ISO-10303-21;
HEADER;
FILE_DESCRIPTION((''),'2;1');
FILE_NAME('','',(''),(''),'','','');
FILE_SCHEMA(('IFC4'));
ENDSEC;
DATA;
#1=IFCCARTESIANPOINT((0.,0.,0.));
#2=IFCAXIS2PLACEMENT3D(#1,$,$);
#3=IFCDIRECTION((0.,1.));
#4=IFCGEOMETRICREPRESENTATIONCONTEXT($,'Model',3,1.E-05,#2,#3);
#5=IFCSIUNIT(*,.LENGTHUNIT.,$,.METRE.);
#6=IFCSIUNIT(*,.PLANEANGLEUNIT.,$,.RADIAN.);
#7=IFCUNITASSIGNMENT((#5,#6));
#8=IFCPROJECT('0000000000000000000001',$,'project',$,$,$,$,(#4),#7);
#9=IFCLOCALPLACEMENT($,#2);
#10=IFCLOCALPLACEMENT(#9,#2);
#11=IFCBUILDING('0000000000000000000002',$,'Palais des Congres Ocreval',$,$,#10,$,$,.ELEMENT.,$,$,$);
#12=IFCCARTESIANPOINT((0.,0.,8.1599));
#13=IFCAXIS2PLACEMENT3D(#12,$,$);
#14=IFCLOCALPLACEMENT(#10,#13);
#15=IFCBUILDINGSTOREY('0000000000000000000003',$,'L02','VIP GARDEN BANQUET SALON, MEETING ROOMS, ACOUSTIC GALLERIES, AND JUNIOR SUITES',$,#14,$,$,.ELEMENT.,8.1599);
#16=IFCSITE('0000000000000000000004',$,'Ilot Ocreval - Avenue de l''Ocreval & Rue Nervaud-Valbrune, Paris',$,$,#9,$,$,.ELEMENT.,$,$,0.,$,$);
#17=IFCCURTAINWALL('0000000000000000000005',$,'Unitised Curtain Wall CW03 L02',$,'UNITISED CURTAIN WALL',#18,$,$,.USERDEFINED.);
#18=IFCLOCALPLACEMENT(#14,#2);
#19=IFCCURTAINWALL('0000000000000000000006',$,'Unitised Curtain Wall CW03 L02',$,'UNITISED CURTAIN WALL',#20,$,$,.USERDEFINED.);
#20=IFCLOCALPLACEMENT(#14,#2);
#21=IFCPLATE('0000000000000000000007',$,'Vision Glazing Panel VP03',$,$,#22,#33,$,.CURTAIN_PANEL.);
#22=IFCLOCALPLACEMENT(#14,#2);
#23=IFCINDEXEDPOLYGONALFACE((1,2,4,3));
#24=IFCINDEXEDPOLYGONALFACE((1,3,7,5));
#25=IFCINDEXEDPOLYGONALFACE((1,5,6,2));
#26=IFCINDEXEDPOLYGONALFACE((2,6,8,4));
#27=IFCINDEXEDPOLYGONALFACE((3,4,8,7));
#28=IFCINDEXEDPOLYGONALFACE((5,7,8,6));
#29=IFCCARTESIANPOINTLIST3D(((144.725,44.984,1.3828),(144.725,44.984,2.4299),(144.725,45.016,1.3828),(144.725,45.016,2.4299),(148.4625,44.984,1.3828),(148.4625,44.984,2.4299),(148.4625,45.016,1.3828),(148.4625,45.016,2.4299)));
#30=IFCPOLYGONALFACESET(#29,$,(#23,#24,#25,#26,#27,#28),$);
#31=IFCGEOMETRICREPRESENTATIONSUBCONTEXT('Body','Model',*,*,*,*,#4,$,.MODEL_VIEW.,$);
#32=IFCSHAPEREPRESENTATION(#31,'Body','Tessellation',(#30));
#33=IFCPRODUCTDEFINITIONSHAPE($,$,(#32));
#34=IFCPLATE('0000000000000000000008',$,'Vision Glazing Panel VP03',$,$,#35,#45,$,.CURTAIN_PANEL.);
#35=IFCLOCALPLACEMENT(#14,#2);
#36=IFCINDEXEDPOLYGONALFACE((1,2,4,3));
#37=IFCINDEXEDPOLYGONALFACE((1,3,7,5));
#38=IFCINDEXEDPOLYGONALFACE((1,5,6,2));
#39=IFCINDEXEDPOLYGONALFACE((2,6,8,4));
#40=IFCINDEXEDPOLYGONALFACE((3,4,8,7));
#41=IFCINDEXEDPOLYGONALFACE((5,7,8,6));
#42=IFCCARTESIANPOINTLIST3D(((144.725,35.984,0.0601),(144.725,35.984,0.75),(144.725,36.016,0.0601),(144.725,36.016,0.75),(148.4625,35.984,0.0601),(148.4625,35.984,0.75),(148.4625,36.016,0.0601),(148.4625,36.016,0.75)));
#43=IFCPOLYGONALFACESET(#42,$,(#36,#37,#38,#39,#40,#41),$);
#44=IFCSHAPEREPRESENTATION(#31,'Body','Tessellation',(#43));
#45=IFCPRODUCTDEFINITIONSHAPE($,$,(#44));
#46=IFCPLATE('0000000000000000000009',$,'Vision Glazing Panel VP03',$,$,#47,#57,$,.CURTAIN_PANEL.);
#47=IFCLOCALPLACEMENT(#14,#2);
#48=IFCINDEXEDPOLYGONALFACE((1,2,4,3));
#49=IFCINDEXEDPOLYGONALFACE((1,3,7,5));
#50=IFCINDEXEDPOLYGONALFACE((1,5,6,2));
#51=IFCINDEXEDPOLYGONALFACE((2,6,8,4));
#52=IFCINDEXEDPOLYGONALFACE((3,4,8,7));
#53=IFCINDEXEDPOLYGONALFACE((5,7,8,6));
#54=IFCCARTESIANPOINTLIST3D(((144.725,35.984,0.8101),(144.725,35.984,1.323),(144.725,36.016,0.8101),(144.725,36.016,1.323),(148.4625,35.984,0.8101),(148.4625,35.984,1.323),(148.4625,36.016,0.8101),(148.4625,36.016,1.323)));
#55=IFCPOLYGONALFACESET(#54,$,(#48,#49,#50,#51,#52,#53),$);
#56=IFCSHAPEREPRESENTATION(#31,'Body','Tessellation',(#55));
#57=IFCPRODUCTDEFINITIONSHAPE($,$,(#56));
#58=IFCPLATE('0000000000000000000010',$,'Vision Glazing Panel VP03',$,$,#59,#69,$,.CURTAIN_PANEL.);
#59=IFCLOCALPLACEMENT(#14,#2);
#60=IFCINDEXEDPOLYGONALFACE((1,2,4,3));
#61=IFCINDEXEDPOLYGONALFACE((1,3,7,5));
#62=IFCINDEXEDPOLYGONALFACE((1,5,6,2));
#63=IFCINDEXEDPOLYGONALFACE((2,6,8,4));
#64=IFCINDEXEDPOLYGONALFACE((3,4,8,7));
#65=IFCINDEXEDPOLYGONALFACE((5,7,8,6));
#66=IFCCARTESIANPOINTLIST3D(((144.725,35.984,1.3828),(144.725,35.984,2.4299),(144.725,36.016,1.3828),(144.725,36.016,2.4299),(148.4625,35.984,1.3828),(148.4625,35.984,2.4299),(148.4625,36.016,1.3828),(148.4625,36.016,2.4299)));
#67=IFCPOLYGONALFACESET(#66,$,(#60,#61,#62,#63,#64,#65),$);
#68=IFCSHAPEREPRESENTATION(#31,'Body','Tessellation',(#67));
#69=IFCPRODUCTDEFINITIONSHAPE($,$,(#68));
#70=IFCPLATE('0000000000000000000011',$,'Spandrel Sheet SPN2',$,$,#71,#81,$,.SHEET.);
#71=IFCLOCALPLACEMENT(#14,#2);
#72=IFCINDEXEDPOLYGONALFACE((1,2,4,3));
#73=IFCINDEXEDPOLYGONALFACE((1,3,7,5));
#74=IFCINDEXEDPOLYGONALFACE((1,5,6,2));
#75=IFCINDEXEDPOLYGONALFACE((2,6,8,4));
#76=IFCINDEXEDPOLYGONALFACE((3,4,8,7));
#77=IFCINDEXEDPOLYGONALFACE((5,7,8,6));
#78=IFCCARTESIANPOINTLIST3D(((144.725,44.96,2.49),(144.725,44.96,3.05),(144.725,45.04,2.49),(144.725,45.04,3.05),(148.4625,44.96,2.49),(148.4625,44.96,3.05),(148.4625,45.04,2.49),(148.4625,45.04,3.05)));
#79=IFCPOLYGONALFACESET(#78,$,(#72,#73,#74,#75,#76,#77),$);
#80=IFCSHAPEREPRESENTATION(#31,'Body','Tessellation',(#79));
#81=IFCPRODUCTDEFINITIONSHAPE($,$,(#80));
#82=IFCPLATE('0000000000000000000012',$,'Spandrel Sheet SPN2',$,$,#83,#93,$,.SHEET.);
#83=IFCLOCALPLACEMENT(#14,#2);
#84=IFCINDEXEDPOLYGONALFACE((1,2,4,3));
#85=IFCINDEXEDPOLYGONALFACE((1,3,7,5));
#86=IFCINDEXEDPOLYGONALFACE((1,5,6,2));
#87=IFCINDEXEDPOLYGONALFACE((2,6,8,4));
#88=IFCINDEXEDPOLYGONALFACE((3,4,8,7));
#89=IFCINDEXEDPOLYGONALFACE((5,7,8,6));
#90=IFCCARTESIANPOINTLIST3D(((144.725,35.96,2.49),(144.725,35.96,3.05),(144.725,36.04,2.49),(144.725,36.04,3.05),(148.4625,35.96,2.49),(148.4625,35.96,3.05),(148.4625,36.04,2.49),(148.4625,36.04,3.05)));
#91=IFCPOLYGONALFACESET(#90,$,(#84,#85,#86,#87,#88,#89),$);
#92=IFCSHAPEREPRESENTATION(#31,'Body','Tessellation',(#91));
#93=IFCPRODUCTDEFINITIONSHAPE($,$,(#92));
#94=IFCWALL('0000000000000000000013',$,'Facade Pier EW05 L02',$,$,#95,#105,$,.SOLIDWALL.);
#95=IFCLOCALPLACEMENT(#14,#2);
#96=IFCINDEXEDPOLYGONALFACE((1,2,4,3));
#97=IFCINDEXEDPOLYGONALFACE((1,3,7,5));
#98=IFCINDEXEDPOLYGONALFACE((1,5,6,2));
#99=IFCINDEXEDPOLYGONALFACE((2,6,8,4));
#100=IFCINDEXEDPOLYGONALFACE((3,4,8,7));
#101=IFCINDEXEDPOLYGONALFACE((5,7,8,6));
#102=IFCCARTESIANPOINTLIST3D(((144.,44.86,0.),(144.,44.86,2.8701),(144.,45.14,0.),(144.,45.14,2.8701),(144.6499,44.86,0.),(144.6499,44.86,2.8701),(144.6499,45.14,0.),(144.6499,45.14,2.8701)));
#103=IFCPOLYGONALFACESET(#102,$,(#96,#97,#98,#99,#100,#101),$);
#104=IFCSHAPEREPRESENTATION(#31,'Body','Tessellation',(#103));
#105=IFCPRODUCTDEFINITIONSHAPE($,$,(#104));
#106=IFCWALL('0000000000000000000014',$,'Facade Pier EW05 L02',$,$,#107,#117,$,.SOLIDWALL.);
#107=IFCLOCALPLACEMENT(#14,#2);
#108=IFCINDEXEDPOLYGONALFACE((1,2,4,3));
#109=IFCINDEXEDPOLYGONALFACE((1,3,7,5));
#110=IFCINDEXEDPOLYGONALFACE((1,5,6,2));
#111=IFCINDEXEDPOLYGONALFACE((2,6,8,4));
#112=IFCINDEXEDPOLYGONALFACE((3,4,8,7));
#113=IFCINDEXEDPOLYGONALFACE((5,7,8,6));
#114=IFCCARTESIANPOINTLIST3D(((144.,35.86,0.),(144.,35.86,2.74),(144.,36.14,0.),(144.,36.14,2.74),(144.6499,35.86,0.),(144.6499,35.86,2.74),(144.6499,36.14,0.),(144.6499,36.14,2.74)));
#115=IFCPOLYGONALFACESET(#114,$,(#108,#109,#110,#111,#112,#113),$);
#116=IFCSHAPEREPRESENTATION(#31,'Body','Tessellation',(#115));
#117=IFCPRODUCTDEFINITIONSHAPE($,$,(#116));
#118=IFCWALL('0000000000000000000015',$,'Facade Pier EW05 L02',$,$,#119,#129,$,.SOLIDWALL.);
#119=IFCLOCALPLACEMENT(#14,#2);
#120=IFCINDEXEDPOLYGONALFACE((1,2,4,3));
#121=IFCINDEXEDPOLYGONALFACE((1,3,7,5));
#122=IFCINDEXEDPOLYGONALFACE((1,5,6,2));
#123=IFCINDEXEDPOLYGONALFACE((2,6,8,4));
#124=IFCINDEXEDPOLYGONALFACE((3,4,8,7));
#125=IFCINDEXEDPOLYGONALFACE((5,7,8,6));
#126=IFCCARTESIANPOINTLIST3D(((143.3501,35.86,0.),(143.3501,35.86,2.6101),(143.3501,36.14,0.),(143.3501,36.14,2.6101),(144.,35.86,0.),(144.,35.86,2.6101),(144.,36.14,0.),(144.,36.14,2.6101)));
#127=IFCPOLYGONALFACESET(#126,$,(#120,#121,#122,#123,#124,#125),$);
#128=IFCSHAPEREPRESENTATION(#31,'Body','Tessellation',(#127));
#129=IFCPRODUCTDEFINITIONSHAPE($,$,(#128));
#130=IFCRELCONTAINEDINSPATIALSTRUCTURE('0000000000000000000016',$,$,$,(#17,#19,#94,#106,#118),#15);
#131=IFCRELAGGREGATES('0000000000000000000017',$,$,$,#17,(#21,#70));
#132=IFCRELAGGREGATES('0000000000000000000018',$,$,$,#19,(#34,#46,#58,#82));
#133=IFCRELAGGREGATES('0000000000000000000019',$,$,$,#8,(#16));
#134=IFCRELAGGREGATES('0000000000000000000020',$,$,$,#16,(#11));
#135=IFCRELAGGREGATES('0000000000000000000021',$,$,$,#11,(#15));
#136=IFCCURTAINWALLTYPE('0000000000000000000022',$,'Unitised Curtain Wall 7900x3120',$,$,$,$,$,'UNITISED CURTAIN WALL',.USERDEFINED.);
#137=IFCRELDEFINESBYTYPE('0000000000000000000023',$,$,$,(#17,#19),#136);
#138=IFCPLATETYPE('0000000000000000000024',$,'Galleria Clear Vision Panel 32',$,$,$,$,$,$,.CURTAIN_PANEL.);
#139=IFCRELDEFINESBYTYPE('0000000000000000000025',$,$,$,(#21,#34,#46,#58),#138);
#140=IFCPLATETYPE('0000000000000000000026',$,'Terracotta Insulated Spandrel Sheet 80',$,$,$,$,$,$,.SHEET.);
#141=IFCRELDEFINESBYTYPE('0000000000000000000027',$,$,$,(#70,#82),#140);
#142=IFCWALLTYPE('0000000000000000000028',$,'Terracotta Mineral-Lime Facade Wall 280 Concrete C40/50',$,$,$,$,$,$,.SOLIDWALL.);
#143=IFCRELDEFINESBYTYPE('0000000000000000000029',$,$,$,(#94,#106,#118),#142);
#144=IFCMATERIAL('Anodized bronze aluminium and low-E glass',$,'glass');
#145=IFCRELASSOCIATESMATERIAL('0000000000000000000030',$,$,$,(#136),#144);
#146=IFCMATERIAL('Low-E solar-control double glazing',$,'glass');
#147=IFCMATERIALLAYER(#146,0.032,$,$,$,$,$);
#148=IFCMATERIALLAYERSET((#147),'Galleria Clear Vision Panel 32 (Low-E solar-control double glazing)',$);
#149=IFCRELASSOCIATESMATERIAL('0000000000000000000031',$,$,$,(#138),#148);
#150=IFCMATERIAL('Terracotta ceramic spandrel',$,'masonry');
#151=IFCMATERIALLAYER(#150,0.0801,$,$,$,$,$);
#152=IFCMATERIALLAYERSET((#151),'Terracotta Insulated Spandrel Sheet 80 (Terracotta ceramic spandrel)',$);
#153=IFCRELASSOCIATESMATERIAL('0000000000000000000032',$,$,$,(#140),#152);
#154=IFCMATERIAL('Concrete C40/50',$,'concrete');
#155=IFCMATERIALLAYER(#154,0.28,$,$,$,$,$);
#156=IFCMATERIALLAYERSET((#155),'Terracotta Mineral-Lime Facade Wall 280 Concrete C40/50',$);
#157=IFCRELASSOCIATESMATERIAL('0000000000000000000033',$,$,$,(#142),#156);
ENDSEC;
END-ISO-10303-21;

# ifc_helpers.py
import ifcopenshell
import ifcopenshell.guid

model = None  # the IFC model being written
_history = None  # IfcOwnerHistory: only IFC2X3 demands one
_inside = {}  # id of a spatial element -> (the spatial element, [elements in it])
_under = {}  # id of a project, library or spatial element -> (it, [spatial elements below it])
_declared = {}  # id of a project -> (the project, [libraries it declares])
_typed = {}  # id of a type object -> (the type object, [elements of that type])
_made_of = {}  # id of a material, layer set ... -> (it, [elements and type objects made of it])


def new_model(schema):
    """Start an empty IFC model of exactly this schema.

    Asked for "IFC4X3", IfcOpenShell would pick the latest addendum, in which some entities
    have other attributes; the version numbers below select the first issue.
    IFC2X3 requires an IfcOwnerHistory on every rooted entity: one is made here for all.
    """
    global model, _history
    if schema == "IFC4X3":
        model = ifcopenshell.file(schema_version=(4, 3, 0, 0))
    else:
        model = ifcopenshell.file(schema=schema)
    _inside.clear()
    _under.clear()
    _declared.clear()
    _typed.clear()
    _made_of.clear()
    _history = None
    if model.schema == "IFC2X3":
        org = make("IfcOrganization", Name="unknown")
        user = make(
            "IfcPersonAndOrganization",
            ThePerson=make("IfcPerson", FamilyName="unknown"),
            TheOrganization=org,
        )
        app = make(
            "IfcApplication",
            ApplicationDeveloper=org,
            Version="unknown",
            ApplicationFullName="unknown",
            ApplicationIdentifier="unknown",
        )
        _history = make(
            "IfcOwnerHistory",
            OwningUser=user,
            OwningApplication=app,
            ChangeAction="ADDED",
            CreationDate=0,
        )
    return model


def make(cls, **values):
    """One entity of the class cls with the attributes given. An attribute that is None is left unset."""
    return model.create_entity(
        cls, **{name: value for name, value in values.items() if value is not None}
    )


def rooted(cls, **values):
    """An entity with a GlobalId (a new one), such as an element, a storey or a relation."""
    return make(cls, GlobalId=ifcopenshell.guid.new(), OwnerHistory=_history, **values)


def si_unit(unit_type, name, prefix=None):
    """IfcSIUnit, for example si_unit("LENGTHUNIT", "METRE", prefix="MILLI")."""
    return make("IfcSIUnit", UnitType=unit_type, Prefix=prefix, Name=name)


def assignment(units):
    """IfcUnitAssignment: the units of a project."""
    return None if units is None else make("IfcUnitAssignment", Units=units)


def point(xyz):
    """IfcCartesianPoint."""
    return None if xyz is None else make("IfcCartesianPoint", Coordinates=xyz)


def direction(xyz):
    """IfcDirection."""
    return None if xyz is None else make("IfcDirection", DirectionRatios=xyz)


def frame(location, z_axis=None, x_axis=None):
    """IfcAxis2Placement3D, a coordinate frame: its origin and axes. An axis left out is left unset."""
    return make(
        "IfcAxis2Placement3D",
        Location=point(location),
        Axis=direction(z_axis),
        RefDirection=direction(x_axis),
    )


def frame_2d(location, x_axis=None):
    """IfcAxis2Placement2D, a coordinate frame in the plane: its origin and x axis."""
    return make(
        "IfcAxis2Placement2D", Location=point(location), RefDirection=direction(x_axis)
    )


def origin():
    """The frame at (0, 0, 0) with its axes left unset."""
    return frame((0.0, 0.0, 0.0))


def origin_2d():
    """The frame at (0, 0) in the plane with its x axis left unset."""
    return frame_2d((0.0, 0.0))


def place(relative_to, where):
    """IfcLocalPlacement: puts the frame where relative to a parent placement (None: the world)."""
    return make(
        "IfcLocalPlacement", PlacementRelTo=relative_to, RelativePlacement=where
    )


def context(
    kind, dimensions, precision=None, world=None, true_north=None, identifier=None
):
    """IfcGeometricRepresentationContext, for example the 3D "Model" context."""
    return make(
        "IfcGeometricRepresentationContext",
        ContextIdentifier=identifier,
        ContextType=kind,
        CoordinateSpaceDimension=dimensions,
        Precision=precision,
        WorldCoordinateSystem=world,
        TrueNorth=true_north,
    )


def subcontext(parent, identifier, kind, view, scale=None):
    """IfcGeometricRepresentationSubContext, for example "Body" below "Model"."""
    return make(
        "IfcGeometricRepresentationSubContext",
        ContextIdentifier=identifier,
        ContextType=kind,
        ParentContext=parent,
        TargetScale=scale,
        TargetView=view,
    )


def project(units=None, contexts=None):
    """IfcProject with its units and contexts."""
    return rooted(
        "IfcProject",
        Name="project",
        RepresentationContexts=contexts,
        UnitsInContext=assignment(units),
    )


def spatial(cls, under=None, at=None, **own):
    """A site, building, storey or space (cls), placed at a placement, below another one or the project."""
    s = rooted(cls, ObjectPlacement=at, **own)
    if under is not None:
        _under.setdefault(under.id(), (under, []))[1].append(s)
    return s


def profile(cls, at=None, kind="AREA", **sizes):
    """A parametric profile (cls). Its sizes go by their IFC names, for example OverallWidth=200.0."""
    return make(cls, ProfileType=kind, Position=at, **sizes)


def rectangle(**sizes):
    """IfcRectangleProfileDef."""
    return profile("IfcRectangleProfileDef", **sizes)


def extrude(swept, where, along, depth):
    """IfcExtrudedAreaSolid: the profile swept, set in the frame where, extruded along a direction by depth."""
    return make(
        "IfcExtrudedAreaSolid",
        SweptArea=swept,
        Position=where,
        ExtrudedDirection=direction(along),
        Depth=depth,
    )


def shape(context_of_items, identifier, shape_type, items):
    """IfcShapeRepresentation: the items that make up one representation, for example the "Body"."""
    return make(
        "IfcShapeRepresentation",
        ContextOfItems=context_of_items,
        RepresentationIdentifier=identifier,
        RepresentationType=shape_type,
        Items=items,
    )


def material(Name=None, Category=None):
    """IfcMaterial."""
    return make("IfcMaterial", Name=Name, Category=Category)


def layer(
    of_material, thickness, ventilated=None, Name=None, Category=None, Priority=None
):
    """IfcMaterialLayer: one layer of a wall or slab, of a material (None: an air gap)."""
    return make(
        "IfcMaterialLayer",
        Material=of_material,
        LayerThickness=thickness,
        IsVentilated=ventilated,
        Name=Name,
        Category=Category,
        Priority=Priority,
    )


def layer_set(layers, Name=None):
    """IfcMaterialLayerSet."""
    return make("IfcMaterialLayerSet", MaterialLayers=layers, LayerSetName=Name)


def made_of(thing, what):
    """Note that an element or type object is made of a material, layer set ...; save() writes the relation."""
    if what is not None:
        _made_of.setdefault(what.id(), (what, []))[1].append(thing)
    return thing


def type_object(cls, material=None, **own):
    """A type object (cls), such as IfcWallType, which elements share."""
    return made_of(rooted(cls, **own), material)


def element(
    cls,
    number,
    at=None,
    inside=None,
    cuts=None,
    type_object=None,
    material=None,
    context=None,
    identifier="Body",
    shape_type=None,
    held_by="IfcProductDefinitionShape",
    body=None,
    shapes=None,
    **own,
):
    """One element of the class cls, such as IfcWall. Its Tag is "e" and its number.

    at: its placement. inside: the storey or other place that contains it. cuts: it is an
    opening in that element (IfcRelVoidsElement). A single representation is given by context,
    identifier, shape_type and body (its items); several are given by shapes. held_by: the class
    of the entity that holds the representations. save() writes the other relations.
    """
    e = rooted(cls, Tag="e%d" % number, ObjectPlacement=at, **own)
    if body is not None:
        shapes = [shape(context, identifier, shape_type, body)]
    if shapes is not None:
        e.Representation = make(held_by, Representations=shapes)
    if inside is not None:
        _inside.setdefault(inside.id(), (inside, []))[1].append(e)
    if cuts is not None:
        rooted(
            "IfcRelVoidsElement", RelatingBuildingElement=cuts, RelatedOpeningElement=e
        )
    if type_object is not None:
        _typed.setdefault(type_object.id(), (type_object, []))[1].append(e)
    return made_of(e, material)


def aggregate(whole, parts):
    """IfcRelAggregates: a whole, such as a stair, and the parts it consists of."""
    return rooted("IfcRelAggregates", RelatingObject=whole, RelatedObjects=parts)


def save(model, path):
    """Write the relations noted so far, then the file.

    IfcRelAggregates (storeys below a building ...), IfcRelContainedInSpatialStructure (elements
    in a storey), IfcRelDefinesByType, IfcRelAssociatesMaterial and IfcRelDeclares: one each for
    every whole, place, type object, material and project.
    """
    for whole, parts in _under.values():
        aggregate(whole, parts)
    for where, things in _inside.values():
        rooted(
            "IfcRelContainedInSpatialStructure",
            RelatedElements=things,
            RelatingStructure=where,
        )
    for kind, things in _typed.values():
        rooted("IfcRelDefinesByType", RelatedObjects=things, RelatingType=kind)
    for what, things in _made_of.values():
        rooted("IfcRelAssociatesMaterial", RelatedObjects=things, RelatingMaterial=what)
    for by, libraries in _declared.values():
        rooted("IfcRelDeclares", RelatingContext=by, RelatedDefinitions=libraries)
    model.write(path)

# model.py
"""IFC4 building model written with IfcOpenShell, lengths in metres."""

from ifc_helpers import new_model, si_unit, direction, frame, frame_2d, origin, origin_2d, place, context, subcontext, project, spatial, rectangle, extrude, material, layer, layer_set, type_object, element, aggregate, save


model = new_model("IFC4")

# Units and contexts
model_context = context("Model", 3, precision=1e-05, world=origin(), true_north=direction((0.0, 1.0)))
body_context = subcontext(model_context, "Body", "Model", "MODEL_VIEW")
ifc_project = project(units=[si_unit("LENGTHUNIT", "METRE"), si_unit("PLANEANGLEUNIT", "RADIAN")], contexts=[model_context])

# Site, building, storey
site_placement = place(None, origin())
site = spatial("IfcSite", under=ifc_project, at=site_placement, Name="Ilot Ocreval - Avenue de l'Ocreval & Rue Nervaud-Valbrune, Paris", CompositionType="ELEMENT", RefElevation=0.0)
building_placement = place(site_placement, origin())
building = spatial("IfcBuilding", under=site, at=building_placement, Name="Palais des Congres Ocreval", CompositionType="ELEMENT")
storey_placement = place(building_placement, frame((0.0, 0.0, 8.1599)))
storey = spatial("IfcBuildingStorey", under=building, at=storey_placement, Name="L02", Description="VIP GARDEN BANQUET SALON, MEETING ROOMS, ACOUSTIC GALLERIES, AND JUNIOR SUITES", CompositionType="ELEMENT", Elevation=8.1599)

# Curtain walls
ifc_material_1 = material(Name="Anodized bronze aluminium and low-E glass", Category="glass")
curtain_wall_type = type_object("IfcCurtainWallType", Name="Unitised Curtain Wall 7900x3120", ElementType="UNITISED CURTAIN WALL", PredefinedType="USERDEFINED", material=ifc_material_1)
curtain_wall_1_placement = place(storey_placement, origin())
curtain_wall_1 = element("IfcCurtainWall", 1, at=curtain_wall_1_placement, inside=storey, type_object=curtain_wall_type, Name="Unitised Curtain Wall CW03 L02", ObjectType="UNITISED CURTAIN WALL", PredefinedType="USERDEFINED")
curtain_wall_2_placement = place(storey_placement, origin())
curtain_wall_2 = element("IfcCurtainWall", 2, at=curtain_wall_2_placement, inside=storey, type_object=curtain_wall_type, Name="Unitised Curtain Wall CW03 L02", ObjectType="UNITISED CURTAIN WALL", PredefinedType="USERDEFINED")

# Plates
ifc_material_2 = material(Name="Low-E solar-control double glazing", Category="glass")
ifc_layer_1 = layer(ifc_material_2, 0.032)
ifc_layer_set_1 = layer_set([ifc_layer_1], Name="Galleria Clear Vision Panel 32 (Low-E solar-control double glazing)")
plate_type_1 = type_object("IfcPlateType", Name="Galleria Clear Vision Panel 32", PredefinedType="CURTAIN_PANEL", material=ifc_layer_set_1)
plate_1_placement = place(storey_placement, frame((146.5938, 45.0, 1.3828), z_axis=(0.0, 0.0, 1.0), x_axis=(1.0, 0.0, 0.0)))
plate_1 = element("IfcPlate", 3, at=plate_1_placement, type_object=plate_type_1, Name="Vision Glazing Panel VP03", PredefinedType="CURTAIN_PANEL", context=body_context, shape_type="SweptSolid", body=[
    extrude(rectangle(XDim=3.7375, YDim=0.032, at=origin_2d()), origin(), (0.0, 0.0, 1.0), 1.0471),
])
plate_2_placement = place(storey_placement, frame((146.5938, 36.0, 0.0601), z_axis=(0.0, 0.0, 1.0), x_axis=(-1.0, 0.0, 0.0)))
plate_2 = element("IfcPlate", 4, at=plate_2_placement, type_object=plate_type_1, Name="Vision Glazing Panel VP03", PredefinedType="CURTAIN_PANEL", context=body_context, shape_type="SweptSolid", body=[
    extrude(rectangle(XDim=3.7375, YDim=0.032, at=origin_2d()), origin(), (0.0, 0.0, 1.0), 0.6899),
])
plate_3_placement = place(storey_placement, frame((146.5938, 36.0, 0.8101), z_axis=(0.0, 0.0, 1.0), x_axis=(-1.0, 0.0, 0.0)))
plate_3 = element("IfcPlate", 5, at=plate_3_placement, type_object=plate_type_1, Name="Vision Glazing Panel VP03", PredefinedType="CURTAIN_PANEL", context=body_context, shape_type="SweptSolid", body=[
    extrude(rectangle(XDim=3.7375, YDim=0.032, at=origin_2d()), origin(), (0.0, 0.0, 1.0), 0.5129),
])
plate_4_placement = place(storey_placement, frame((146.5938, 36.0, 1.3828), z_axis=(0.0, 0.0, 1.0), x_axis=(-1.0, 0.0, 0.0)))
plate_4 = element("IfcPlate", 6, at=plate_4_placement, type_object=plate_type_1, Name="Vision Glazing Panel VP03", PredefinedType="CURTAIN_PANEL", context=body_context, shape_type="SweptSolid", body=[
    extrude(rectangle(XDim=3.7375, YDim=0.032, at=origin_2d()), origin(), (0.0, 0.0, 1.0), 1.0471),
])
ifc_material_3 = material(Name="Terracotta ceramic spandrel", Category="masonry")
ifc_layer_2 = layer(ifc_material_3, 0.0801)
ifc_layer_set_2 = layer_set([ifc_layer_2], Name="Terracotta Insulated Spandrel Sheet 80 (Terracotta ceramic spandrel)")
plate_type_2 = type_object("IfcPlateType", Name="Terracotta Insulated Spandrel Sheet 80", PredefinedType="SHEET", material=ifc_layer_set_2)
plate_5_placement = place(storey_placement, frame((146.5938, 45.0, 2.49), z_axis=(0.0, 0.0, 1.0), x_axis=(1.0, 0.0, 0.0)))
plate_5 = element("IfcPlate", 7, at=plate_5_placement, type_object=plate_type_2, Name="Spandrel Sheet SPN2", PredefinedType="SHEET", context=body_context, shape_type="SweptSolid", body=[
    extrude(rectangle(XDim=3.7375, YDim=0.0801, at=origin_2d()), origin(), (0.0, 0.0, 1.0), 0.5601),
])
aggregate(curtain_wall_1, [plate_1, plate_5])
plate_6_placement = place(storey_placement, frame((146.5938, 36.0, 2.49), z_axis=(0.0, 0.0, 1.0), x_axis=(-1.0, 0.0, 0.0)))
plate_6 = element("IfcPlate", 8, at=plate_6_placement, type_object=plate_type_2, Name="Spandrel Sheet SPN2", PredefinedType="SHEET", context=body_context, shape_type="SweptSolid", body=[
    extrude(rectangle(XDim=3.7375, YDim=0.0801, at=origin_2d()), origin(), (0.0, 0.0, 1.0), 0.5601),
])
aggregate(curtain_wall_2, [plate_2, plate_3, plate_4, plate_6])

# Walls
ifc_material_4 = material(Name="Concrete C40/50", Category="concrete")
ifc_layer_3 = layer(ifc_material_4, 0.28)
ifc_layer_set_3 = layer_set([ifc_layer_3], Name="Terracotta Mineral-Lime Facade Wall 280 Concrete C40/50")
wall_type = type_object("IfcWallType", Name="Terracotta Mineral-Lime Facade Wall 280 Concrete C40/50", PredefinedType="SOLIDWALL", material=ifc_layer_set_3)
wall_1_placement = place(storey_placement, frame((144.0, 45.0, 0.0), z_axis=(0.0, 0.0, 1.0), x_axis=(1.0, 0.0, 0.0)))
element("IfcWall", 9, at=wall_1_placement, inside=storey, type_object=wall_type, Name="Facade Pier EW05 L02", PredefinedType="SOLIDWALL", context=body_context, shape_type="SweptSolid", body=[
    extrude(rectangle(XDim=0.6499, YDim=0.28, at=frame_2d((0.325, 0.0))), origin(), (0.0, 0.0, 1.0), 2.8701),
])
wall_2_placement = place(storey_placement, frame((144.6499, 36.0, 0.0), z_axis=(0.0, 0.0, 1.0), x_axis=(-1.0, 0.0, 0.0)))
element("IfcWall", 10, at=wall_2_placement, inside=storey, type_object=wall_type, Name="Facade Pier EW05 L02", PredefinedType="SOLIDWALL", context=body_context, shape_type="SweptSolid", body=[
    extrude(rectangle(XDim=0.6499, YDim=0.28, at=frame_2d((0.325, 0.0))), origin(), (0.0, 0.0, 1.0), 2.74),
])
wall_3_placement = place(storey_placement, frame((144.0, 36.0, 0.0), z_axis=(0.0, 0.0, 1.0), x_axis=(-1.0, 0.0, 0.0)))
element("IfcWall", 11, at=wall_3_placement, inside=storey, type_object=wall_type, Name="Facade Pier EW05 L02", PredefinedType="SOLIDWALL", context=body_context, shape_type="SweptSolid", body=[
    extrude(rectangle(XDim=0.6499, YDim=0.28, at=frame_2d((0.325, 0.0))), origin(), (0.0, 0.0, 1.0), 2.6101),
])

save(model, "model.ifc")
